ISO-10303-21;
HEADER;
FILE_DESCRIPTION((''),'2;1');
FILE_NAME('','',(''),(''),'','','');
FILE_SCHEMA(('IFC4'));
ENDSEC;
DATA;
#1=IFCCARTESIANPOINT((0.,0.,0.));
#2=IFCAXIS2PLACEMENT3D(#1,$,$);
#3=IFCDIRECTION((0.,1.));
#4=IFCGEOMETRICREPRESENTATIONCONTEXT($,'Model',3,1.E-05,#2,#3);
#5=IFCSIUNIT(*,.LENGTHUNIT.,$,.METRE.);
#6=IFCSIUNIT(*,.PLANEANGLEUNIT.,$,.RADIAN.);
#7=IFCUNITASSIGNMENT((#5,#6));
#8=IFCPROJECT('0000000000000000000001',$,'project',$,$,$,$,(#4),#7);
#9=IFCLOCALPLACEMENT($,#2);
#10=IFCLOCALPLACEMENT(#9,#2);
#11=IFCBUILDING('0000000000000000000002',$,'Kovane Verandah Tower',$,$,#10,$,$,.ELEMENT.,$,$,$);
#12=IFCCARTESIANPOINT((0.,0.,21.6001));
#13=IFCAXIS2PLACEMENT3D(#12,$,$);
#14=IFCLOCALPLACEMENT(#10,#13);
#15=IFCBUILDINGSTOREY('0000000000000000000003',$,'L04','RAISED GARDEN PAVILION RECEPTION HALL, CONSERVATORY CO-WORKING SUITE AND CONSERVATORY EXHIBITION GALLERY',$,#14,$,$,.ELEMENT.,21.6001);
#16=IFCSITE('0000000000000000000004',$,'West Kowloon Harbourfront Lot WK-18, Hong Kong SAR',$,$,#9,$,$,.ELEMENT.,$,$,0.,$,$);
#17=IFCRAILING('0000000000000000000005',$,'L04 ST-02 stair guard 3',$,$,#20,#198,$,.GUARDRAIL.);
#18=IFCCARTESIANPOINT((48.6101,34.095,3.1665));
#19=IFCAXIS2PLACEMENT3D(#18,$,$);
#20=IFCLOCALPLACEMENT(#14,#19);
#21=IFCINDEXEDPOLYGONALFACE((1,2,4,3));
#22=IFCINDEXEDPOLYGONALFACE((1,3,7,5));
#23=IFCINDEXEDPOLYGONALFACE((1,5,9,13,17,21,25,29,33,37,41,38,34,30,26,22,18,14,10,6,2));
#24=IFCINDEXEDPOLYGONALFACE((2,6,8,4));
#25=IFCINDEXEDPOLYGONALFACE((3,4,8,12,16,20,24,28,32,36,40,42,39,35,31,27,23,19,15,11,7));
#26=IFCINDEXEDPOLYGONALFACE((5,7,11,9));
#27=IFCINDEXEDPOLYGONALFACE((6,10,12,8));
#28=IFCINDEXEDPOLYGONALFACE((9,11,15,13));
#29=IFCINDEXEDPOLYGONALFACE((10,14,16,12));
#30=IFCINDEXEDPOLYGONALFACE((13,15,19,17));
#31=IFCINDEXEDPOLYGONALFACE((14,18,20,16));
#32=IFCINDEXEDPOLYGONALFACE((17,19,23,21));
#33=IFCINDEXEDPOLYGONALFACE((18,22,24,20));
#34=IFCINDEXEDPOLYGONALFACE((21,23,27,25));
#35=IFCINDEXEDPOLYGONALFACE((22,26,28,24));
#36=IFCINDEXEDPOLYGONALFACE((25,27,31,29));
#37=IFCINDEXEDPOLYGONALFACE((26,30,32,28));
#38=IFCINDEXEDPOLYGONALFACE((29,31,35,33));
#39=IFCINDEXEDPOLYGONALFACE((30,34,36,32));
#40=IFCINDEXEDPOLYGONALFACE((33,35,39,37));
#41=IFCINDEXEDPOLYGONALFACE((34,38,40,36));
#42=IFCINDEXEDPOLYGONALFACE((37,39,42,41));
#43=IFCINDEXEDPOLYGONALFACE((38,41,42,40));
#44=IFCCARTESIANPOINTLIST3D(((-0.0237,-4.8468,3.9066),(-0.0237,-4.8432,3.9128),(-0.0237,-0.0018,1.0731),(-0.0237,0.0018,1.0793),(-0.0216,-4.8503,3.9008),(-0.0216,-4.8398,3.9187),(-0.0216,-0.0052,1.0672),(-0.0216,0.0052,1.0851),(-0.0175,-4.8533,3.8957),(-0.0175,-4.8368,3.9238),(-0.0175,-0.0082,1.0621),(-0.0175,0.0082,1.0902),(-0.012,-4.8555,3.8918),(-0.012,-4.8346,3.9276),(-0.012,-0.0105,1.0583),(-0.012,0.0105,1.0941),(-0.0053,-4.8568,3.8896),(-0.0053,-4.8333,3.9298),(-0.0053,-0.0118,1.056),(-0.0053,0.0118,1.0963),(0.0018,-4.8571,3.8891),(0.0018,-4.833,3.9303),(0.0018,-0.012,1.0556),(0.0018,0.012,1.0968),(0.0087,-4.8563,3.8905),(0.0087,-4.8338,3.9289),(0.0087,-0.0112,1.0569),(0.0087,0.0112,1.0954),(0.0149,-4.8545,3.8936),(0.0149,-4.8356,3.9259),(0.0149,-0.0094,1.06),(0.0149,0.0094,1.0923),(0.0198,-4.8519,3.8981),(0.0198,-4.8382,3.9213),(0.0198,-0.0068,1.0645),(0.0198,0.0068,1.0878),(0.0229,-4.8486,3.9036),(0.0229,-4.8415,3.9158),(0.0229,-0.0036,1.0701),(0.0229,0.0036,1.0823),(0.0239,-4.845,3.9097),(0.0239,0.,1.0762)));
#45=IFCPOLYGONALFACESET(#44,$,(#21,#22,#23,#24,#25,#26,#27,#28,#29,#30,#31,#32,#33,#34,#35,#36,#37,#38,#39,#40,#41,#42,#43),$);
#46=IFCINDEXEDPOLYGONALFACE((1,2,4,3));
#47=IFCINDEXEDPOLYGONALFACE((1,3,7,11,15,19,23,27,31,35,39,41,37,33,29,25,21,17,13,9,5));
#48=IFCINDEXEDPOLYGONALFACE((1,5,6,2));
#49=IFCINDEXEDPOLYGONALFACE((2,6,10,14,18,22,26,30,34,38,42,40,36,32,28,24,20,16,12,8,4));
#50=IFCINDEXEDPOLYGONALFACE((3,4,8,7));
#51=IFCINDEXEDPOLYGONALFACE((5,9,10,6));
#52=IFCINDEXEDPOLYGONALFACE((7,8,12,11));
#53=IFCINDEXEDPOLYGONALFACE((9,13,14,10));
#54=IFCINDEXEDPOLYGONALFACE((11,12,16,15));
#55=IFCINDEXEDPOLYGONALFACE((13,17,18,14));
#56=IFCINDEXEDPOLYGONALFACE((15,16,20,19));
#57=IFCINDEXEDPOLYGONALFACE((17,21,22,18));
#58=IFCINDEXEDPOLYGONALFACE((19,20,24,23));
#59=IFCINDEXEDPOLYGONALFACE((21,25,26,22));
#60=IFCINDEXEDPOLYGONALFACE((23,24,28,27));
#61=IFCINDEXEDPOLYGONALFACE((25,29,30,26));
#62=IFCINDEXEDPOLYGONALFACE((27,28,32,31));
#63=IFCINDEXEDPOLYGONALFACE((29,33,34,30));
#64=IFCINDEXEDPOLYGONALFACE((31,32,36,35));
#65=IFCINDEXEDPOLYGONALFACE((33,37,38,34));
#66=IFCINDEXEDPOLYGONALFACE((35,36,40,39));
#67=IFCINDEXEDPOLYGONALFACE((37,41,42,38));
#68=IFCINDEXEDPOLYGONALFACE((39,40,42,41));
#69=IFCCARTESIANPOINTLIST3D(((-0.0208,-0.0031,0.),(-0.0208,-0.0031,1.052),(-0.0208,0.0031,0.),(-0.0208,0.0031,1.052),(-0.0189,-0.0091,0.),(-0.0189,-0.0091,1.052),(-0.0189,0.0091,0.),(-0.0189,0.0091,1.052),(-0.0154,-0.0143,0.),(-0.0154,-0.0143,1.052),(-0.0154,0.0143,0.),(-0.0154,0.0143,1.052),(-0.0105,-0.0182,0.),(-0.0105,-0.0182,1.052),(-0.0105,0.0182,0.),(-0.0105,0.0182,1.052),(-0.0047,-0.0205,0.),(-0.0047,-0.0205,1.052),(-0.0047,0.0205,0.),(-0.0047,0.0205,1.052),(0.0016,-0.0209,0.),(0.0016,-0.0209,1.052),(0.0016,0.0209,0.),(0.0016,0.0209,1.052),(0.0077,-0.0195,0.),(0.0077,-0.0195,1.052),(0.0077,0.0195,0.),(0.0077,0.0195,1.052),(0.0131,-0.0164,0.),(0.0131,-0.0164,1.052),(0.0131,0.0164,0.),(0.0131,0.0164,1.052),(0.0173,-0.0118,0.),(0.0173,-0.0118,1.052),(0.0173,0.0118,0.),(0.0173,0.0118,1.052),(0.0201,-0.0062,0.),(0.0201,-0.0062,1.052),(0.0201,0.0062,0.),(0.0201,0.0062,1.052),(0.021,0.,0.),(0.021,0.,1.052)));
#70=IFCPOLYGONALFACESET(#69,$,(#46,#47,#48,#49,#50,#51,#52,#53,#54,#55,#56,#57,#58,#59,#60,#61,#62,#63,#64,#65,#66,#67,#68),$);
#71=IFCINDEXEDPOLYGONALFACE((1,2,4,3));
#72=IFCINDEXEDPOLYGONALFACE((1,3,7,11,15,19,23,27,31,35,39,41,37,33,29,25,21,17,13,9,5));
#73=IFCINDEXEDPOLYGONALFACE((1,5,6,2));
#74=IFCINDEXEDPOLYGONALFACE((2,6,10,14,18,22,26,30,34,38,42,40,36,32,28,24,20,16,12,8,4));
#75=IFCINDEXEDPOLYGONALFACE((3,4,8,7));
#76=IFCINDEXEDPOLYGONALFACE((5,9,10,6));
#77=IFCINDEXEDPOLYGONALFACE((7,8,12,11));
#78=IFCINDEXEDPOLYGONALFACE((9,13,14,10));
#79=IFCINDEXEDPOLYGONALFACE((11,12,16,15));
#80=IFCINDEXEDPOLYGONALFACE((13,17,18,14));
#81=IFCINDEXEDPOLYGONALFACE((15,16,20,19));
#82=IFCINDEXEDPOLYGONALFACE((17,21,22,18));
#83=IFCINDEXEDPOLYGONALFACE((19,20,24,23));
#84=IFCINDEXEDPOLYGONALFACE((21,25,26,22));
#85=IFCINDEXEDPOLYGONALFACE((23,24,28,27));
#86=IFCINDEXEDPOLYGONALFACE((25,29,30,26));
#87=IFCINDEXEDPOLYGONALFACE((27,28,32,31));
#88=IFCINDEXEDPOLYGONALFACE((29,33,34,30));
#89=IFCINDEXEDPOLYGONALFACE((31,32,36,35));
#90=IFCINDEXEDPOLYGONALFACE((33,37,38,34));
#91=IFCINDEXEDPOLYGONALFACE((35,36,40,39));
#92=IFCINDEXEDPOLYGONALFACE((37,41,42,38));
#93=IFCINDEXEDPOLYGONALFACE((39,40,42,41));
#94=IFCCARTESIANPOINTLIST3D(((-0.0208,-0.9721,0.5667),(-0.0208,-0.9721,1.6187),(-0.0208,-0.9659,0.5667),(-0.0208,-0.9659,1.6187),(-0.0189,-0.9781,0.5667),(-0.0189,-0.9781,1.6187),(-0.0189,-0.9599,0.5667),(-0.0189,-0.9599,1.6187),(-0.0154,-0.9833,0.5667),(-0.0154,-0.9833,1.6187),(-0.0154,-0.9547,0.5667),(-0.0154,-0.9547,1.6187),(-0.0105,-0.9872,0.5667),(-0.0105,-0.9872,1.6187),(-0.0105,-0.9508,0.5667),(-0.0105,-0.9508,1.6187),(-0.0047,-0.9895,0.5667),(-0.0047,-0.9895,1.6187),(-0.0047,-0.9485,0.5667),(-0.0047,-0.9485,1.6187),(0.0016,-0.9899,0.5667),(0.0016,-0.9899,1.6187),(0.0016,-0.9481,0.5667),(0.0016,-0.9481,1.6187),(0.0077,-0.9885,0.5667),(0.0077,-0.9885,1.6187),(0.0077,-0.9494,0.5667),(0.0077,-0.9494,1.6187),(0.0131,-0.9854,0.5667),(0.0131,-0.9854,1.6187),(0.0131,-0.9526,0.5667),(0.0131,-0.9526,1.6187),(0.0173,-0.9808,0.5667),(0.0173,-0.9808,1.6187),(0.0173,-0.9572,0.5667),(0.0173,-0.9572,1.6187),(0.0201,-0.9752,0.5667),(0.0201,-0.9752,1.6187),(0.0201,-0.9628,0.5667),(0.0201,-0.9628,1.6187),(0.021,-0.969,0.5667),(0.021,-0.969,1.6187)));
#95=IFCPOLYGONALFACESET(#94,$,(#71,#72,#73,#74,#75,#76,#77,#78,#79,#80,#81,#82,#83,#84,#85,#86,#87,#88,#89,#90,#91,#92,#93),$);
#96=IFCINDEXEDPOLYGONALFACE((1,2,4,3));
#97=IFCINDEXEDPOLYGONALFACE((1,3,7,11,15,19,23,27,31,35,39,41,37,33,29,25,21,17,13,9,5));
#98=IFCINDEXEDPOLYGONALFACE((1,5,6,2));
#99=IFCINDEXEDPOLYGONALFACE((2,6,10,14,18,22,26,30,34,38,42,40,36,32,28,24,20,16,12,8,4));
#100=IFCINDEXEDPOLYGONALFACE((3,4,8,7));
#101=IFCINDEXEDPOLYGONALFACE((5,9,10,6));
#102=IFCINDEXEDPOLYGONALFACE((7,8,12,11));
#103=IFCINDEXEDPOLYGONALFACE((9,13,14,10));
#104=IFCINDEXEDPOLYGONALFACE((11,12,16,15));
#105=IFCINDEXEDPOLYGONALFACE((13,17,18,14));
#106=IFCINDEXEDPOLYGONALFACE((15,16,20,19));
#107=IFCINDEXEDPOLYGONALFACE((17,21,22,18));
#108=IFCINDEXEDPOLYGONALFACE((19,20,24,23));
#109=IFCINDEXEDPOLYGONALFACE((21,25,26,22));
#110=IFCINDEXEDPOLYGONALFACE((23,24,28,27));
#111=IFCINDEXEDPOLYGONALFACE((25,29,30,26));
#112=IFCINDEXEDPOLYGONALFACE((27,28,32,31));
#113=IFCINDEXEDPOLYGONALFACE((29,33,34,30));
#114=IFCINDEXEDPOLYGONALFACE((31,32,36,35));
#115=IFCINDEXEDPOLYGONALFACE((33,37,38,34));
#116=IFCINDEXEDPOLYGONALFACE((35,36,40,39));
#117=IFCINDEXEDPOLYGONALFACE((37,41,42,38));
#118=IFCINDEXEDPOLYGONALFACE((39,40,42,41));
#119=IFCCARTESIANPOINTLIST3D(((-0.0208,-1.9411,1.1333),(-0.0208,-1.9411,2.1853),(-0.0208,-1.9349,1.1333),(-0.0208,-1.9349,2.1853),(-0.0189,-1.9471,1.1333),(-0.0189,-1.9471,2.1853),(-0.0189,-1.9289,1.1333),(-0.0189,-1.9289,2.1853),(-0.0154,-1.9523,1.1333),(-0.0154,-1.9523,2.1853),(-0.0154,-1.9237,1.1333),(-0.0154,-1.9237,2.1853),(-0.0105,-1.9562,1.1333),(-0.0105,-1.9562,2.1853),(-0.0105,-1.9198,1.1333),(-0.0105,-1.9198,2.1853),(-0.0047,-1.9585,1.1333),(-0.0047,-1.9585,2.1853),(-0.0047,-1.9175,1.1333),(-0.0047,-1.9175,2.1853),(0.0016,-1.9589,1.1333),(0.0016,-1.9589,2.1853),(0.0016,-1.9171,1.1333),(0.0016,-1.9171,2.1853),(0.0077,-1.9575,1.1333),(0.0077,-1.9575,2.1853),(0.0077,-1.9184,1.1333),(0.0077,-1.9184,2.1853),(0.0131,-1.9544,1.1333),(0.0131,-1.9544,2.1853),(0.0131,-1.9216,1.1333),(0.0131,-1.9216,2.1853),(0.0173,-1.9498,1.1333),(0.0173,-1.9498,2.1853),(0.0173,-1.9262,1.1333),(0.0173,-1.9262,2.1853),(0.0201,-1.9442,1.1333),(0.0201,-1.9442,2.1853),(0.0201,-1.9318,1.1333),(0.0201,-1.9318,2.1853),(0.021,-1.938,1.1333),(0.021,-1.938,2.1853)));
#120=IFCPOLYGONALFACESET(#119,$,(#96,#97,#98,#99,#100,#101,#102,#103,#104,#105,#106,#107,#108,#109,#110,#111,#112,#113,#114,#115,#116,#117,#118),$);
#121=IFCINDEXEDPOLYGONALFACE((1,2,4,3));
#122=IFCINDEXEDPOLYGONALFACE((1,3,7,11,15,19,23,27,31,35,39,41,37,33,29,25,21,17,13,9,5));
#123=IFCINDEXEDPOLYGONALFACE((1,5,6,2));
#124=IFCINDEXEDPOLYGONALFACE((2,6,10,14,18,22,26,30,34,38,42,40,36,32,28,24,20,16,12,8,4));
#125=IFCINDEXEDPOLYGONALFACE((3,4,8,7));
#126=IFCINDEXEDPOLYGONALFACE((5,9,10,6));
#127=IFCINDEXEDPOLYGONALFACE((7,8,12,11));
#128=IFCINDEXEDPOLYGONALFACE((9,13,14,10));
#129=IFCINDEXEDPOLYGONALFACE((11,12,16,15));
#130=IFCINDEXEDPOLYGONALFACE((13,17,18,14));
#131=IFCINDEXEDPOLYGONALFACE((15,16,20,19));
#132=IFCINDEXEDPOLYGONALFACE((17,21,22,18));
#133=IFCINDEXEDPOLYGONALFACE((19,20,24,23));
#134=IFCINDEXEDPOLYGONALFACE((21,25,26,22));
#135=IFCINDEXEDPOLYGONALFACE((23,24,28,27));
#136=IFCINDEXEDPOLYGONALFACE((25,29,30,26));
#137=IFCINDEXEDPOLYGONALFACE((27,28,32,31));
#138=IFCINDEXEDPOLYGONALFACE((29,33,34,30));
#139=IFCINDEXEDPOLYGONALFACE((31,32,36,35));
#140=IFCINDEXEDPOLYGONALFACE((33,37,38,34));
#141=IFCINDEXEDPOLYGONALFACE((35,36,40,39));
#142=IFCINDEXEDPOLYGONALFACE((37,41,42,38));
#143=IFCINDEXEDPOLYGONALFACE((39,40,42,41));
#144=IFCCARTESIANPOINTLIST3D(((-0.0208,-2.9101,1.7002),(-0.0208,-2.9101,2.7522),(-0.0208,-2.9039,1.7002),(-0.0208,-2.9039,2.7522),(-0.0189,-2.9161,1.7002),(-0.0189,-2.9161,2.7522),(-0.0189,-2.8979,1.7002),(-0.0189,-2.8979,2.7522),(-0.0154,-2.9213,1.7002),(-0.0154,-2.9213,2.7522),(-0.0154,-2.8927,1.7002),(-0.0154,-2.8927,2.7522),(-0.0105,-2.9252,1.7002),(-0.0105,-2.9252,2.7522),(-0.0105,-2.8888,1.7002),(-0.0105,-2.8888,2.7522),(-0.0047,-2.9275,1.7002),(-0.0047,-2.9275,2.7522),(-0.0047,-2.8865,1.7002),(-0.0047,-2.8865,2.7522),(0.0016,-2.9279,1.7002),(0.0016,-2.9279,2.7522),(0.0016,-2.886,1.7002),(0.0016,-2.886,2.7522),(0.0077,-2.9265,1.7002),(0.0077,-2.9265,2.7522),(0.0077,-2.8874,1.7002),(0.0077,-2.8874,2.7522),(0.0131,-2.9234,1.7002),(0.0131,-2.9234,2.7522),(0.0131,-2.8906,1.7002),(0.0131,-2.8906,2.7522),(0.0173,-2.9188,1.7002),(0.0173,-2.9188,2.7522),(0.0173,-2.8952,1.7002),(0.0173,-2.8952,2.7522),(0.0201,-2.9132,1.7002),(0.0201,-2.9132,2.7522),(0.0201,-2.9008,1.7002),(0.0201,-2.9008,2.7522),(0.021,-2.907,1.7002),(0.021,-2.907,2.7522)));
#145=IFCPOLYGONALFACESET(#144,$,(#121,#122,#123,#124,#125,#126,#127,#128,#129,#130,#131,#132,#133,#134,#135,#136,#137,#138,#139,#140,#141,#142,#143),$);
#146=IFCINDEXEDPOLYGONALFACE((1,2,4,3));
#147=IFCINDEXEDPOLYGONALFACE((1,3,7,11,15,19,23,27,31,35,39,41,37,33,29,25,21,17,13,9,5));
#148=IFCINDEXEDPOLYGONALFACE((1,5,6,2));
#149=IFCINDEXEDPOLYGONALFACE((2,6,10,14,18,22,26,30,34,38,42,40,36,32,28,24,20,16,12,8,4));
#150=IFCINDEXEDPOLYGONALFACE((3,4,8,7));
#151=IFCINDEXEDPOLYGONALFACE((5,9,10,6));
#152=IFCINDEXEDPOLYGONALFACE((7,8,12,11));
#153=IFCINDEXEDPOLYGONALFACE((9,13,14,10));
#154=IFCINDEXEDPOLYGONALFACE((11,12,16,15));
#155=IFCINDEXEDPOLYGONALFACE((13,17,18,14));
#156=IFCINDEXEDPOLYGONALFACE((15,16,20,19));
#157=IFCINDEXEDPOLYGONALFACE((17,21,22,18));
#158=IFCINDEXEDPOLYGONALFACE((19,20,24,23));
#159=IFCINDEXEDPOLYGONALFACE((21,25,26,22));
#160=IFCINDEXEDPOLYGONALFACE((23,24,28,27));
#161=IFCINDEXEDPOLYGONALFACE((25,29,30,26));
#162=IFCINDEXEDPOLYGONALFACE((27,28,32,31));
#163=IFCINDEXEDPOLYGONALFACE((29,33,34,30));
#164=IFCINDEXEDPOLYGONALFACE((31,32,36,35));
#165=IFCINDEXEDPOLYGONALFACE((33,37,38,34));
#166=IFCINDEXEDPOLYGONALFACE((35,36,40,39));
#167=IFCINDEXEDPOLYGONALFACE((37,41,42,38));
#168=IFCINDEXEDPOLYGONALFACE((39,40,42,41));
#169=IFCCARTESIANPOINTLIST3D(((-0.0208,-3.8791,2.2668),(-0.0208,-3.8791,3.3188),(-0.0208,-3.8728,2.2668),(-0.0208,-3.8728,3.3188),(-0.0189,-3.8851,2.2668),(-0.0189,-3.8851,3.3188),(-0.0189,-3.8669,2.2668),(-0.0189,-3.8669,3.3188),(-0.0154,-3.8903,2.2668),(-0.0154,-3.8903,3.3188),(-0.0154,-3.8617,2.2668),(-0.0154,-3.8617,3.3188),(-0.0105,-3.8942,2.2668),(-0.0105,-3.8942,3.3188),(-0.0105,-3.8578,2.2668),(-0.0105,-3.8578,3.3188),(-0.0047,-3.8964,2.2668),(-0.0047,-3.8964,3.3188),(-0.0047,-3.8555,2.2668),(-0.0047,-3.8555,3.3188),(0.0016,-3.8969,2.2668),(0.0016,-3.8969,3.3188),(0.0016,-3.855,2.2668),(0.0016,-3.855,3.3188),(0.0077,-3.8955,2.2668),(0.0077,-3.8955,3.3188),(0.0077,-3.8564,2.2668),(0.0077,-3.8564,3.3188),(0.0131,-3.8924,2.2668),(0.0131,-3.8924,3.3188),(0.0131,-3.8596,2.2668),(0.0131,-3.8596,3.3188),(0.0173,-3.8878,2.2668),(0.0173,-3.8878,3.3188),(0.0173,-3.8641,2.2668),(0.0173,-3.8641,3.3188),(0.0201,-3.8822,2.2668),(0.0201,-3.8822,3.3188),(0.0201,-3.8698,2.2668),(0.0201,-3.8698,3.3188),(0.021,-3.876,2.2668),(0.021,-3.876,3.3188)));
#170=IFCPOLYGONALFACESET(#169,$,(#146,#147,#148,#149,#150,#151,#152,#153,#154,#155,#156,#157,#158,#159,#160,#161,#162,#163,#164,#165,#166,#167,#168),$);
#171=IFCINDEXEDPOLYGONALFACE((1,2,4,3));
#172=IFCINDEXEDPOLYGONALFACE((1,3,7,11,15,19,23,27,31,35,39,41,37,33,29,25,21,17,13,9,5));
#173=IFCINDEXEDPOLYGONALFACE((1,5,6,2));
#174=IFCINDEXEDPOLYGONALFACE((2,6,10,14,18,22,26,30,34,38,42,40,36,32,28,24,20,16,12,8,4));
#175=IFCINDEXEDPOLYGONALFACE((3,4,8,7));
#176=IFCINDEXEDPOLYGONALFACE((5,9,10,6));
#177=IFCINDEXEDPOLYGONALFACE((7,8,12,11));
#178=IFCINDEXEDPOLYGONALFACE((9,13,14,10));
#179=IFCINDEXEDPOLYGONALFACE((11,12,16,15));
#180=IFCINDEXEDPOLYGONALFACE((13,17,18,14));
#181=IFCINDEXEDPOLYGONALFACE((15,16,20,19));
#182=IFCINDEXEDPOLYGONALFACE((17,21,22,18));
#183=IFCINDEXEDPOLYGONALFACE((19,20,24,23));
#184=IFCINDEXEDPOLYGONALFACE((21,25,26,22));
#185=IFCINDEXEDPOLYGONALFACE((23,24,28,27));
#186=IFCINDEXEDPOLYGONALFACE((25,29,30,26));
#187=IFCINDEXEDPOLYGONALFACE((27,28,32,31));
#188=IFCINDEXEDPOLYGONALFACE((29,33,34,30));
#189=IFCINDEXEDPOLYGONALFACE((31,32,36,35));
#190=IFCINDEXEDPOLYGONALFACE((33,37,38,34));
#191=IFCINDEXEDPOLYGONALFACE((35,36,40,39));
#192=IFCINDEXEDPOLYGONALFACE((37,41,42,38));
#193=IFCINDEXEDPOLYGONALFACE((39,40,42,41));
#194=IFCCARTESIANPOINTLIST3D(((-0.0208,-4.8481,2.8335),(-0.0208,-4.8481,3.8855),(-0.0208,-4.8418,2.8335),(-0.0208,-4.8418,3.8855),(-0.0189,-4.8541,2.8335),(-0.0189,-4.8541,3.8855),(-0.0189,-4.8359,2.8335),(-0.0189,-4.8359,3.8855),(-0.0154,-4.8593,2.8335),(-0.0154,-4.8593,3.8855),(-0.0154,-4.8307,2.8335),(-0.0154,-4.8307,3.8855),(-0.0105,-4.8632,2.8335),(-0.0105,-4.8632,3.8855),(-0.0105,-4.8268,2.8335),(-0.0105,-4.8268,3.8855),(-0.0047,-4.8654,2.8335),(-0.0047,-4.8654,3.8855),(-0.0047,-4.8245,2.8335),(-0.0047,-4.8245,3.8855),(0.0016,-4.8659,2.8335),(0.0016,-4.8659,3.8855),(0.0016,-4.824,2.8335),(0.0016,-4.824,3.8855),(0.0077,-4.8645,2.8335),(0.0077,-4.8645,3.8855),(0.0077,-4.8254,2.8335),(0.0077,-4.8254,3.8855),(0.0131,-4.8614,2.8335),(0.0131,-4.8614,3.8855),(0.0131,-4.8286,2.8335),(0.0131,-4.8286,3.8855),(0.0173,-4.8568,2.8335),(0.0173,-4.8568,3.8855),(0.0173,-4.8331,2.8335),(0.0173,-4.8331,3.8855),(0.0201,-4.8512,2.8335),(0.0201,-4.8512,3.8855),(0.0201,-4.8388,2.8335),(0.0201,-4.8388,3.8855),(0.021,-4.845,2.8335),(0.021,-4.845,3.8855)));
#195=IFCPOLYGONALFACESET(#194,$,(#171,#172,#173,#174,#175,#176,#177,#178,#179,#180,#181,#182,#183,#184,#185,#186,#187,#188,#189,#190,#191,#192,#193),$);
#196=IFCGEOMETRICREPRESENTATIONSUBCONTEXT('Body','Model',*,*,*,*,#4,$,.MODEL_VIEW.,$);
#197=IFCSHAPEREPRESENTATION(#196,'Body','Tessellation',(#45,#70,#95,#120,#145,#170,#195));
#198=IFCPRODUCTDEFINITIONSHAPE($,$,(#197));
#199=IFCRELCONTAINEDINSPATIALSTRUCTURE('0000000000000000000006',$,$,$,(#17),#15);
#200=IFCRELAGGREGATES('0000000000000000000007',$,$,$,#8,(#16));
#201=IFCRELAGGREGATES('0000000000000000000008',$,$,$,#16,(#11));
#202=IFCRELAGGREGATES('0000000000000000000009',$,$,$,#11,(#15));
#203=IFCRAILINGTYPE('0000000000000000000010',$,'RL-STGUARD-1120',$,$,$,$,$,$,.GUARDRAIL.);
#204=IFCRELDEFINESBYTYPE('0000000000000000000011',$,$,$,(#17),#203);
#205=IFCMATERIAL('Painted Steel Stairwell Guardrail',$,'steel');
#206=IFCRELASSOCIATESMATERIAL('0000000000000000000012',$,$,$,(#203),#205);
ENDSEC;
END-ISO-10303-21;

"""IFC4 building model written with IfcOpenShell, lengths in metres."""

from ifc_helpers import new_model, si_unit, direction, frame, origin, origin_2d, place, context, subcontext, project, spatial, circle, extrude, material, type_object, element, save


model = new_model("IFC4")

# Units and contexts
model_context = context("Model", 3, precision=1e-05, world=origin(), true_north=direction((0.0, 1.0)))
body_context = subcontext(model_context, "Body", "Model", "MODEL_VIEW")
ifc_project = project(units=[si_unit("LENGTHUNIT", "METRE"), si_unit("PLANEANGLEUNIT", "RADIAN")], contexts=[model_context])

# Site, building, storey
site_placement = place(None, origin())
site = spatial("IfcSite", under=ifc_project, at=site_placement, Name="West Kowloon Harbourfront Lot WK-18, Hong Kong SAR", CompositionType="ELEMENT", RefElevation=0.0)
building_placement = place(site_placement, origin())
building = spatial("IfcBuilding", under=site, at=building_placement, Name="Kovane Verandah Tower", CompositionType="ELEMENT")
storey_placement = place(building_placement, frame((0.0, 0.0, 21.6001)))
storey = spatial("IfcBuildingStorey", under=building, at=storey_placement, Name="L04", Description="RAISED GARDEN PAVILION RECEPTION HALL, CONSERVATORY CO-WORKING SUITE AND CONSERVATORY EXHIBITION GALLERY", CompositionType="ELEMENT", Elevation=21.6001)

# Railing
ifc_material_1 = material(Name="Painted Steel Stairwell Guardrail", Category="steel")
railing_type_1 = type_object("IfcRailingType", Name="RL-STGUARD-1120", PredefinedType="GUARDRAIL", material=ifc_material_1)
railing_1_placement = place(storey_placement, frame((48.6101, 34.095, 3.1665)))
element("IfcRailing", 1, at=railing_1_placement, inside=storey, type_object=railing_type_1, Name="L04 ST-02 stair guard 3", PredefinedType="GUARDRAIL", context=body_context, shape_type="SweptSolid", body=[
    extrude(circle(Radius=0.0239, at=origin_2d()), frame((0.0, 0.0, 1.0762), z_axis=(0.0, -0.863215, 0.504836), x_axis=(1.0, 0.0, 0.0)), (0.0, 0.0, 1.0), 5.6128),
    extrude(circle(Radius=0.021, at=origin_2d()), origin(), (0.0, 0.0, 1.0), 1.052),
    extrude(circle(Radius=0.021, at=origin_2d()), frame((0.0, -0.969, 0.5667)), (0.0, 0.0, 1.0), 1.052),
    extrude(circle(Radius=0.021, at=origin_2d()), frame((0.0, -1.938, 1.1333)), (0.0, 0.0, 1.0), 1.052),
    extrude(circle(Radius=0.021, at=origin_2d()), frame((0.0, -2.907, 1.7002)), (0.0, 0.0, 1.0), 1.052),
    extrude(circle(Radius=0.021, at=origin_2d()), frame((0.0, -3.876, 2.2668)), (0.0, 0.0, 1.0), 1.052),
    extrude(circle(Radius=0.021, at=origin_2d()), frame((0.0, -4.845, 2.8335)), (0.0, 0.0, 1.0), 1.052),
])

save(model, "model.ifc")
